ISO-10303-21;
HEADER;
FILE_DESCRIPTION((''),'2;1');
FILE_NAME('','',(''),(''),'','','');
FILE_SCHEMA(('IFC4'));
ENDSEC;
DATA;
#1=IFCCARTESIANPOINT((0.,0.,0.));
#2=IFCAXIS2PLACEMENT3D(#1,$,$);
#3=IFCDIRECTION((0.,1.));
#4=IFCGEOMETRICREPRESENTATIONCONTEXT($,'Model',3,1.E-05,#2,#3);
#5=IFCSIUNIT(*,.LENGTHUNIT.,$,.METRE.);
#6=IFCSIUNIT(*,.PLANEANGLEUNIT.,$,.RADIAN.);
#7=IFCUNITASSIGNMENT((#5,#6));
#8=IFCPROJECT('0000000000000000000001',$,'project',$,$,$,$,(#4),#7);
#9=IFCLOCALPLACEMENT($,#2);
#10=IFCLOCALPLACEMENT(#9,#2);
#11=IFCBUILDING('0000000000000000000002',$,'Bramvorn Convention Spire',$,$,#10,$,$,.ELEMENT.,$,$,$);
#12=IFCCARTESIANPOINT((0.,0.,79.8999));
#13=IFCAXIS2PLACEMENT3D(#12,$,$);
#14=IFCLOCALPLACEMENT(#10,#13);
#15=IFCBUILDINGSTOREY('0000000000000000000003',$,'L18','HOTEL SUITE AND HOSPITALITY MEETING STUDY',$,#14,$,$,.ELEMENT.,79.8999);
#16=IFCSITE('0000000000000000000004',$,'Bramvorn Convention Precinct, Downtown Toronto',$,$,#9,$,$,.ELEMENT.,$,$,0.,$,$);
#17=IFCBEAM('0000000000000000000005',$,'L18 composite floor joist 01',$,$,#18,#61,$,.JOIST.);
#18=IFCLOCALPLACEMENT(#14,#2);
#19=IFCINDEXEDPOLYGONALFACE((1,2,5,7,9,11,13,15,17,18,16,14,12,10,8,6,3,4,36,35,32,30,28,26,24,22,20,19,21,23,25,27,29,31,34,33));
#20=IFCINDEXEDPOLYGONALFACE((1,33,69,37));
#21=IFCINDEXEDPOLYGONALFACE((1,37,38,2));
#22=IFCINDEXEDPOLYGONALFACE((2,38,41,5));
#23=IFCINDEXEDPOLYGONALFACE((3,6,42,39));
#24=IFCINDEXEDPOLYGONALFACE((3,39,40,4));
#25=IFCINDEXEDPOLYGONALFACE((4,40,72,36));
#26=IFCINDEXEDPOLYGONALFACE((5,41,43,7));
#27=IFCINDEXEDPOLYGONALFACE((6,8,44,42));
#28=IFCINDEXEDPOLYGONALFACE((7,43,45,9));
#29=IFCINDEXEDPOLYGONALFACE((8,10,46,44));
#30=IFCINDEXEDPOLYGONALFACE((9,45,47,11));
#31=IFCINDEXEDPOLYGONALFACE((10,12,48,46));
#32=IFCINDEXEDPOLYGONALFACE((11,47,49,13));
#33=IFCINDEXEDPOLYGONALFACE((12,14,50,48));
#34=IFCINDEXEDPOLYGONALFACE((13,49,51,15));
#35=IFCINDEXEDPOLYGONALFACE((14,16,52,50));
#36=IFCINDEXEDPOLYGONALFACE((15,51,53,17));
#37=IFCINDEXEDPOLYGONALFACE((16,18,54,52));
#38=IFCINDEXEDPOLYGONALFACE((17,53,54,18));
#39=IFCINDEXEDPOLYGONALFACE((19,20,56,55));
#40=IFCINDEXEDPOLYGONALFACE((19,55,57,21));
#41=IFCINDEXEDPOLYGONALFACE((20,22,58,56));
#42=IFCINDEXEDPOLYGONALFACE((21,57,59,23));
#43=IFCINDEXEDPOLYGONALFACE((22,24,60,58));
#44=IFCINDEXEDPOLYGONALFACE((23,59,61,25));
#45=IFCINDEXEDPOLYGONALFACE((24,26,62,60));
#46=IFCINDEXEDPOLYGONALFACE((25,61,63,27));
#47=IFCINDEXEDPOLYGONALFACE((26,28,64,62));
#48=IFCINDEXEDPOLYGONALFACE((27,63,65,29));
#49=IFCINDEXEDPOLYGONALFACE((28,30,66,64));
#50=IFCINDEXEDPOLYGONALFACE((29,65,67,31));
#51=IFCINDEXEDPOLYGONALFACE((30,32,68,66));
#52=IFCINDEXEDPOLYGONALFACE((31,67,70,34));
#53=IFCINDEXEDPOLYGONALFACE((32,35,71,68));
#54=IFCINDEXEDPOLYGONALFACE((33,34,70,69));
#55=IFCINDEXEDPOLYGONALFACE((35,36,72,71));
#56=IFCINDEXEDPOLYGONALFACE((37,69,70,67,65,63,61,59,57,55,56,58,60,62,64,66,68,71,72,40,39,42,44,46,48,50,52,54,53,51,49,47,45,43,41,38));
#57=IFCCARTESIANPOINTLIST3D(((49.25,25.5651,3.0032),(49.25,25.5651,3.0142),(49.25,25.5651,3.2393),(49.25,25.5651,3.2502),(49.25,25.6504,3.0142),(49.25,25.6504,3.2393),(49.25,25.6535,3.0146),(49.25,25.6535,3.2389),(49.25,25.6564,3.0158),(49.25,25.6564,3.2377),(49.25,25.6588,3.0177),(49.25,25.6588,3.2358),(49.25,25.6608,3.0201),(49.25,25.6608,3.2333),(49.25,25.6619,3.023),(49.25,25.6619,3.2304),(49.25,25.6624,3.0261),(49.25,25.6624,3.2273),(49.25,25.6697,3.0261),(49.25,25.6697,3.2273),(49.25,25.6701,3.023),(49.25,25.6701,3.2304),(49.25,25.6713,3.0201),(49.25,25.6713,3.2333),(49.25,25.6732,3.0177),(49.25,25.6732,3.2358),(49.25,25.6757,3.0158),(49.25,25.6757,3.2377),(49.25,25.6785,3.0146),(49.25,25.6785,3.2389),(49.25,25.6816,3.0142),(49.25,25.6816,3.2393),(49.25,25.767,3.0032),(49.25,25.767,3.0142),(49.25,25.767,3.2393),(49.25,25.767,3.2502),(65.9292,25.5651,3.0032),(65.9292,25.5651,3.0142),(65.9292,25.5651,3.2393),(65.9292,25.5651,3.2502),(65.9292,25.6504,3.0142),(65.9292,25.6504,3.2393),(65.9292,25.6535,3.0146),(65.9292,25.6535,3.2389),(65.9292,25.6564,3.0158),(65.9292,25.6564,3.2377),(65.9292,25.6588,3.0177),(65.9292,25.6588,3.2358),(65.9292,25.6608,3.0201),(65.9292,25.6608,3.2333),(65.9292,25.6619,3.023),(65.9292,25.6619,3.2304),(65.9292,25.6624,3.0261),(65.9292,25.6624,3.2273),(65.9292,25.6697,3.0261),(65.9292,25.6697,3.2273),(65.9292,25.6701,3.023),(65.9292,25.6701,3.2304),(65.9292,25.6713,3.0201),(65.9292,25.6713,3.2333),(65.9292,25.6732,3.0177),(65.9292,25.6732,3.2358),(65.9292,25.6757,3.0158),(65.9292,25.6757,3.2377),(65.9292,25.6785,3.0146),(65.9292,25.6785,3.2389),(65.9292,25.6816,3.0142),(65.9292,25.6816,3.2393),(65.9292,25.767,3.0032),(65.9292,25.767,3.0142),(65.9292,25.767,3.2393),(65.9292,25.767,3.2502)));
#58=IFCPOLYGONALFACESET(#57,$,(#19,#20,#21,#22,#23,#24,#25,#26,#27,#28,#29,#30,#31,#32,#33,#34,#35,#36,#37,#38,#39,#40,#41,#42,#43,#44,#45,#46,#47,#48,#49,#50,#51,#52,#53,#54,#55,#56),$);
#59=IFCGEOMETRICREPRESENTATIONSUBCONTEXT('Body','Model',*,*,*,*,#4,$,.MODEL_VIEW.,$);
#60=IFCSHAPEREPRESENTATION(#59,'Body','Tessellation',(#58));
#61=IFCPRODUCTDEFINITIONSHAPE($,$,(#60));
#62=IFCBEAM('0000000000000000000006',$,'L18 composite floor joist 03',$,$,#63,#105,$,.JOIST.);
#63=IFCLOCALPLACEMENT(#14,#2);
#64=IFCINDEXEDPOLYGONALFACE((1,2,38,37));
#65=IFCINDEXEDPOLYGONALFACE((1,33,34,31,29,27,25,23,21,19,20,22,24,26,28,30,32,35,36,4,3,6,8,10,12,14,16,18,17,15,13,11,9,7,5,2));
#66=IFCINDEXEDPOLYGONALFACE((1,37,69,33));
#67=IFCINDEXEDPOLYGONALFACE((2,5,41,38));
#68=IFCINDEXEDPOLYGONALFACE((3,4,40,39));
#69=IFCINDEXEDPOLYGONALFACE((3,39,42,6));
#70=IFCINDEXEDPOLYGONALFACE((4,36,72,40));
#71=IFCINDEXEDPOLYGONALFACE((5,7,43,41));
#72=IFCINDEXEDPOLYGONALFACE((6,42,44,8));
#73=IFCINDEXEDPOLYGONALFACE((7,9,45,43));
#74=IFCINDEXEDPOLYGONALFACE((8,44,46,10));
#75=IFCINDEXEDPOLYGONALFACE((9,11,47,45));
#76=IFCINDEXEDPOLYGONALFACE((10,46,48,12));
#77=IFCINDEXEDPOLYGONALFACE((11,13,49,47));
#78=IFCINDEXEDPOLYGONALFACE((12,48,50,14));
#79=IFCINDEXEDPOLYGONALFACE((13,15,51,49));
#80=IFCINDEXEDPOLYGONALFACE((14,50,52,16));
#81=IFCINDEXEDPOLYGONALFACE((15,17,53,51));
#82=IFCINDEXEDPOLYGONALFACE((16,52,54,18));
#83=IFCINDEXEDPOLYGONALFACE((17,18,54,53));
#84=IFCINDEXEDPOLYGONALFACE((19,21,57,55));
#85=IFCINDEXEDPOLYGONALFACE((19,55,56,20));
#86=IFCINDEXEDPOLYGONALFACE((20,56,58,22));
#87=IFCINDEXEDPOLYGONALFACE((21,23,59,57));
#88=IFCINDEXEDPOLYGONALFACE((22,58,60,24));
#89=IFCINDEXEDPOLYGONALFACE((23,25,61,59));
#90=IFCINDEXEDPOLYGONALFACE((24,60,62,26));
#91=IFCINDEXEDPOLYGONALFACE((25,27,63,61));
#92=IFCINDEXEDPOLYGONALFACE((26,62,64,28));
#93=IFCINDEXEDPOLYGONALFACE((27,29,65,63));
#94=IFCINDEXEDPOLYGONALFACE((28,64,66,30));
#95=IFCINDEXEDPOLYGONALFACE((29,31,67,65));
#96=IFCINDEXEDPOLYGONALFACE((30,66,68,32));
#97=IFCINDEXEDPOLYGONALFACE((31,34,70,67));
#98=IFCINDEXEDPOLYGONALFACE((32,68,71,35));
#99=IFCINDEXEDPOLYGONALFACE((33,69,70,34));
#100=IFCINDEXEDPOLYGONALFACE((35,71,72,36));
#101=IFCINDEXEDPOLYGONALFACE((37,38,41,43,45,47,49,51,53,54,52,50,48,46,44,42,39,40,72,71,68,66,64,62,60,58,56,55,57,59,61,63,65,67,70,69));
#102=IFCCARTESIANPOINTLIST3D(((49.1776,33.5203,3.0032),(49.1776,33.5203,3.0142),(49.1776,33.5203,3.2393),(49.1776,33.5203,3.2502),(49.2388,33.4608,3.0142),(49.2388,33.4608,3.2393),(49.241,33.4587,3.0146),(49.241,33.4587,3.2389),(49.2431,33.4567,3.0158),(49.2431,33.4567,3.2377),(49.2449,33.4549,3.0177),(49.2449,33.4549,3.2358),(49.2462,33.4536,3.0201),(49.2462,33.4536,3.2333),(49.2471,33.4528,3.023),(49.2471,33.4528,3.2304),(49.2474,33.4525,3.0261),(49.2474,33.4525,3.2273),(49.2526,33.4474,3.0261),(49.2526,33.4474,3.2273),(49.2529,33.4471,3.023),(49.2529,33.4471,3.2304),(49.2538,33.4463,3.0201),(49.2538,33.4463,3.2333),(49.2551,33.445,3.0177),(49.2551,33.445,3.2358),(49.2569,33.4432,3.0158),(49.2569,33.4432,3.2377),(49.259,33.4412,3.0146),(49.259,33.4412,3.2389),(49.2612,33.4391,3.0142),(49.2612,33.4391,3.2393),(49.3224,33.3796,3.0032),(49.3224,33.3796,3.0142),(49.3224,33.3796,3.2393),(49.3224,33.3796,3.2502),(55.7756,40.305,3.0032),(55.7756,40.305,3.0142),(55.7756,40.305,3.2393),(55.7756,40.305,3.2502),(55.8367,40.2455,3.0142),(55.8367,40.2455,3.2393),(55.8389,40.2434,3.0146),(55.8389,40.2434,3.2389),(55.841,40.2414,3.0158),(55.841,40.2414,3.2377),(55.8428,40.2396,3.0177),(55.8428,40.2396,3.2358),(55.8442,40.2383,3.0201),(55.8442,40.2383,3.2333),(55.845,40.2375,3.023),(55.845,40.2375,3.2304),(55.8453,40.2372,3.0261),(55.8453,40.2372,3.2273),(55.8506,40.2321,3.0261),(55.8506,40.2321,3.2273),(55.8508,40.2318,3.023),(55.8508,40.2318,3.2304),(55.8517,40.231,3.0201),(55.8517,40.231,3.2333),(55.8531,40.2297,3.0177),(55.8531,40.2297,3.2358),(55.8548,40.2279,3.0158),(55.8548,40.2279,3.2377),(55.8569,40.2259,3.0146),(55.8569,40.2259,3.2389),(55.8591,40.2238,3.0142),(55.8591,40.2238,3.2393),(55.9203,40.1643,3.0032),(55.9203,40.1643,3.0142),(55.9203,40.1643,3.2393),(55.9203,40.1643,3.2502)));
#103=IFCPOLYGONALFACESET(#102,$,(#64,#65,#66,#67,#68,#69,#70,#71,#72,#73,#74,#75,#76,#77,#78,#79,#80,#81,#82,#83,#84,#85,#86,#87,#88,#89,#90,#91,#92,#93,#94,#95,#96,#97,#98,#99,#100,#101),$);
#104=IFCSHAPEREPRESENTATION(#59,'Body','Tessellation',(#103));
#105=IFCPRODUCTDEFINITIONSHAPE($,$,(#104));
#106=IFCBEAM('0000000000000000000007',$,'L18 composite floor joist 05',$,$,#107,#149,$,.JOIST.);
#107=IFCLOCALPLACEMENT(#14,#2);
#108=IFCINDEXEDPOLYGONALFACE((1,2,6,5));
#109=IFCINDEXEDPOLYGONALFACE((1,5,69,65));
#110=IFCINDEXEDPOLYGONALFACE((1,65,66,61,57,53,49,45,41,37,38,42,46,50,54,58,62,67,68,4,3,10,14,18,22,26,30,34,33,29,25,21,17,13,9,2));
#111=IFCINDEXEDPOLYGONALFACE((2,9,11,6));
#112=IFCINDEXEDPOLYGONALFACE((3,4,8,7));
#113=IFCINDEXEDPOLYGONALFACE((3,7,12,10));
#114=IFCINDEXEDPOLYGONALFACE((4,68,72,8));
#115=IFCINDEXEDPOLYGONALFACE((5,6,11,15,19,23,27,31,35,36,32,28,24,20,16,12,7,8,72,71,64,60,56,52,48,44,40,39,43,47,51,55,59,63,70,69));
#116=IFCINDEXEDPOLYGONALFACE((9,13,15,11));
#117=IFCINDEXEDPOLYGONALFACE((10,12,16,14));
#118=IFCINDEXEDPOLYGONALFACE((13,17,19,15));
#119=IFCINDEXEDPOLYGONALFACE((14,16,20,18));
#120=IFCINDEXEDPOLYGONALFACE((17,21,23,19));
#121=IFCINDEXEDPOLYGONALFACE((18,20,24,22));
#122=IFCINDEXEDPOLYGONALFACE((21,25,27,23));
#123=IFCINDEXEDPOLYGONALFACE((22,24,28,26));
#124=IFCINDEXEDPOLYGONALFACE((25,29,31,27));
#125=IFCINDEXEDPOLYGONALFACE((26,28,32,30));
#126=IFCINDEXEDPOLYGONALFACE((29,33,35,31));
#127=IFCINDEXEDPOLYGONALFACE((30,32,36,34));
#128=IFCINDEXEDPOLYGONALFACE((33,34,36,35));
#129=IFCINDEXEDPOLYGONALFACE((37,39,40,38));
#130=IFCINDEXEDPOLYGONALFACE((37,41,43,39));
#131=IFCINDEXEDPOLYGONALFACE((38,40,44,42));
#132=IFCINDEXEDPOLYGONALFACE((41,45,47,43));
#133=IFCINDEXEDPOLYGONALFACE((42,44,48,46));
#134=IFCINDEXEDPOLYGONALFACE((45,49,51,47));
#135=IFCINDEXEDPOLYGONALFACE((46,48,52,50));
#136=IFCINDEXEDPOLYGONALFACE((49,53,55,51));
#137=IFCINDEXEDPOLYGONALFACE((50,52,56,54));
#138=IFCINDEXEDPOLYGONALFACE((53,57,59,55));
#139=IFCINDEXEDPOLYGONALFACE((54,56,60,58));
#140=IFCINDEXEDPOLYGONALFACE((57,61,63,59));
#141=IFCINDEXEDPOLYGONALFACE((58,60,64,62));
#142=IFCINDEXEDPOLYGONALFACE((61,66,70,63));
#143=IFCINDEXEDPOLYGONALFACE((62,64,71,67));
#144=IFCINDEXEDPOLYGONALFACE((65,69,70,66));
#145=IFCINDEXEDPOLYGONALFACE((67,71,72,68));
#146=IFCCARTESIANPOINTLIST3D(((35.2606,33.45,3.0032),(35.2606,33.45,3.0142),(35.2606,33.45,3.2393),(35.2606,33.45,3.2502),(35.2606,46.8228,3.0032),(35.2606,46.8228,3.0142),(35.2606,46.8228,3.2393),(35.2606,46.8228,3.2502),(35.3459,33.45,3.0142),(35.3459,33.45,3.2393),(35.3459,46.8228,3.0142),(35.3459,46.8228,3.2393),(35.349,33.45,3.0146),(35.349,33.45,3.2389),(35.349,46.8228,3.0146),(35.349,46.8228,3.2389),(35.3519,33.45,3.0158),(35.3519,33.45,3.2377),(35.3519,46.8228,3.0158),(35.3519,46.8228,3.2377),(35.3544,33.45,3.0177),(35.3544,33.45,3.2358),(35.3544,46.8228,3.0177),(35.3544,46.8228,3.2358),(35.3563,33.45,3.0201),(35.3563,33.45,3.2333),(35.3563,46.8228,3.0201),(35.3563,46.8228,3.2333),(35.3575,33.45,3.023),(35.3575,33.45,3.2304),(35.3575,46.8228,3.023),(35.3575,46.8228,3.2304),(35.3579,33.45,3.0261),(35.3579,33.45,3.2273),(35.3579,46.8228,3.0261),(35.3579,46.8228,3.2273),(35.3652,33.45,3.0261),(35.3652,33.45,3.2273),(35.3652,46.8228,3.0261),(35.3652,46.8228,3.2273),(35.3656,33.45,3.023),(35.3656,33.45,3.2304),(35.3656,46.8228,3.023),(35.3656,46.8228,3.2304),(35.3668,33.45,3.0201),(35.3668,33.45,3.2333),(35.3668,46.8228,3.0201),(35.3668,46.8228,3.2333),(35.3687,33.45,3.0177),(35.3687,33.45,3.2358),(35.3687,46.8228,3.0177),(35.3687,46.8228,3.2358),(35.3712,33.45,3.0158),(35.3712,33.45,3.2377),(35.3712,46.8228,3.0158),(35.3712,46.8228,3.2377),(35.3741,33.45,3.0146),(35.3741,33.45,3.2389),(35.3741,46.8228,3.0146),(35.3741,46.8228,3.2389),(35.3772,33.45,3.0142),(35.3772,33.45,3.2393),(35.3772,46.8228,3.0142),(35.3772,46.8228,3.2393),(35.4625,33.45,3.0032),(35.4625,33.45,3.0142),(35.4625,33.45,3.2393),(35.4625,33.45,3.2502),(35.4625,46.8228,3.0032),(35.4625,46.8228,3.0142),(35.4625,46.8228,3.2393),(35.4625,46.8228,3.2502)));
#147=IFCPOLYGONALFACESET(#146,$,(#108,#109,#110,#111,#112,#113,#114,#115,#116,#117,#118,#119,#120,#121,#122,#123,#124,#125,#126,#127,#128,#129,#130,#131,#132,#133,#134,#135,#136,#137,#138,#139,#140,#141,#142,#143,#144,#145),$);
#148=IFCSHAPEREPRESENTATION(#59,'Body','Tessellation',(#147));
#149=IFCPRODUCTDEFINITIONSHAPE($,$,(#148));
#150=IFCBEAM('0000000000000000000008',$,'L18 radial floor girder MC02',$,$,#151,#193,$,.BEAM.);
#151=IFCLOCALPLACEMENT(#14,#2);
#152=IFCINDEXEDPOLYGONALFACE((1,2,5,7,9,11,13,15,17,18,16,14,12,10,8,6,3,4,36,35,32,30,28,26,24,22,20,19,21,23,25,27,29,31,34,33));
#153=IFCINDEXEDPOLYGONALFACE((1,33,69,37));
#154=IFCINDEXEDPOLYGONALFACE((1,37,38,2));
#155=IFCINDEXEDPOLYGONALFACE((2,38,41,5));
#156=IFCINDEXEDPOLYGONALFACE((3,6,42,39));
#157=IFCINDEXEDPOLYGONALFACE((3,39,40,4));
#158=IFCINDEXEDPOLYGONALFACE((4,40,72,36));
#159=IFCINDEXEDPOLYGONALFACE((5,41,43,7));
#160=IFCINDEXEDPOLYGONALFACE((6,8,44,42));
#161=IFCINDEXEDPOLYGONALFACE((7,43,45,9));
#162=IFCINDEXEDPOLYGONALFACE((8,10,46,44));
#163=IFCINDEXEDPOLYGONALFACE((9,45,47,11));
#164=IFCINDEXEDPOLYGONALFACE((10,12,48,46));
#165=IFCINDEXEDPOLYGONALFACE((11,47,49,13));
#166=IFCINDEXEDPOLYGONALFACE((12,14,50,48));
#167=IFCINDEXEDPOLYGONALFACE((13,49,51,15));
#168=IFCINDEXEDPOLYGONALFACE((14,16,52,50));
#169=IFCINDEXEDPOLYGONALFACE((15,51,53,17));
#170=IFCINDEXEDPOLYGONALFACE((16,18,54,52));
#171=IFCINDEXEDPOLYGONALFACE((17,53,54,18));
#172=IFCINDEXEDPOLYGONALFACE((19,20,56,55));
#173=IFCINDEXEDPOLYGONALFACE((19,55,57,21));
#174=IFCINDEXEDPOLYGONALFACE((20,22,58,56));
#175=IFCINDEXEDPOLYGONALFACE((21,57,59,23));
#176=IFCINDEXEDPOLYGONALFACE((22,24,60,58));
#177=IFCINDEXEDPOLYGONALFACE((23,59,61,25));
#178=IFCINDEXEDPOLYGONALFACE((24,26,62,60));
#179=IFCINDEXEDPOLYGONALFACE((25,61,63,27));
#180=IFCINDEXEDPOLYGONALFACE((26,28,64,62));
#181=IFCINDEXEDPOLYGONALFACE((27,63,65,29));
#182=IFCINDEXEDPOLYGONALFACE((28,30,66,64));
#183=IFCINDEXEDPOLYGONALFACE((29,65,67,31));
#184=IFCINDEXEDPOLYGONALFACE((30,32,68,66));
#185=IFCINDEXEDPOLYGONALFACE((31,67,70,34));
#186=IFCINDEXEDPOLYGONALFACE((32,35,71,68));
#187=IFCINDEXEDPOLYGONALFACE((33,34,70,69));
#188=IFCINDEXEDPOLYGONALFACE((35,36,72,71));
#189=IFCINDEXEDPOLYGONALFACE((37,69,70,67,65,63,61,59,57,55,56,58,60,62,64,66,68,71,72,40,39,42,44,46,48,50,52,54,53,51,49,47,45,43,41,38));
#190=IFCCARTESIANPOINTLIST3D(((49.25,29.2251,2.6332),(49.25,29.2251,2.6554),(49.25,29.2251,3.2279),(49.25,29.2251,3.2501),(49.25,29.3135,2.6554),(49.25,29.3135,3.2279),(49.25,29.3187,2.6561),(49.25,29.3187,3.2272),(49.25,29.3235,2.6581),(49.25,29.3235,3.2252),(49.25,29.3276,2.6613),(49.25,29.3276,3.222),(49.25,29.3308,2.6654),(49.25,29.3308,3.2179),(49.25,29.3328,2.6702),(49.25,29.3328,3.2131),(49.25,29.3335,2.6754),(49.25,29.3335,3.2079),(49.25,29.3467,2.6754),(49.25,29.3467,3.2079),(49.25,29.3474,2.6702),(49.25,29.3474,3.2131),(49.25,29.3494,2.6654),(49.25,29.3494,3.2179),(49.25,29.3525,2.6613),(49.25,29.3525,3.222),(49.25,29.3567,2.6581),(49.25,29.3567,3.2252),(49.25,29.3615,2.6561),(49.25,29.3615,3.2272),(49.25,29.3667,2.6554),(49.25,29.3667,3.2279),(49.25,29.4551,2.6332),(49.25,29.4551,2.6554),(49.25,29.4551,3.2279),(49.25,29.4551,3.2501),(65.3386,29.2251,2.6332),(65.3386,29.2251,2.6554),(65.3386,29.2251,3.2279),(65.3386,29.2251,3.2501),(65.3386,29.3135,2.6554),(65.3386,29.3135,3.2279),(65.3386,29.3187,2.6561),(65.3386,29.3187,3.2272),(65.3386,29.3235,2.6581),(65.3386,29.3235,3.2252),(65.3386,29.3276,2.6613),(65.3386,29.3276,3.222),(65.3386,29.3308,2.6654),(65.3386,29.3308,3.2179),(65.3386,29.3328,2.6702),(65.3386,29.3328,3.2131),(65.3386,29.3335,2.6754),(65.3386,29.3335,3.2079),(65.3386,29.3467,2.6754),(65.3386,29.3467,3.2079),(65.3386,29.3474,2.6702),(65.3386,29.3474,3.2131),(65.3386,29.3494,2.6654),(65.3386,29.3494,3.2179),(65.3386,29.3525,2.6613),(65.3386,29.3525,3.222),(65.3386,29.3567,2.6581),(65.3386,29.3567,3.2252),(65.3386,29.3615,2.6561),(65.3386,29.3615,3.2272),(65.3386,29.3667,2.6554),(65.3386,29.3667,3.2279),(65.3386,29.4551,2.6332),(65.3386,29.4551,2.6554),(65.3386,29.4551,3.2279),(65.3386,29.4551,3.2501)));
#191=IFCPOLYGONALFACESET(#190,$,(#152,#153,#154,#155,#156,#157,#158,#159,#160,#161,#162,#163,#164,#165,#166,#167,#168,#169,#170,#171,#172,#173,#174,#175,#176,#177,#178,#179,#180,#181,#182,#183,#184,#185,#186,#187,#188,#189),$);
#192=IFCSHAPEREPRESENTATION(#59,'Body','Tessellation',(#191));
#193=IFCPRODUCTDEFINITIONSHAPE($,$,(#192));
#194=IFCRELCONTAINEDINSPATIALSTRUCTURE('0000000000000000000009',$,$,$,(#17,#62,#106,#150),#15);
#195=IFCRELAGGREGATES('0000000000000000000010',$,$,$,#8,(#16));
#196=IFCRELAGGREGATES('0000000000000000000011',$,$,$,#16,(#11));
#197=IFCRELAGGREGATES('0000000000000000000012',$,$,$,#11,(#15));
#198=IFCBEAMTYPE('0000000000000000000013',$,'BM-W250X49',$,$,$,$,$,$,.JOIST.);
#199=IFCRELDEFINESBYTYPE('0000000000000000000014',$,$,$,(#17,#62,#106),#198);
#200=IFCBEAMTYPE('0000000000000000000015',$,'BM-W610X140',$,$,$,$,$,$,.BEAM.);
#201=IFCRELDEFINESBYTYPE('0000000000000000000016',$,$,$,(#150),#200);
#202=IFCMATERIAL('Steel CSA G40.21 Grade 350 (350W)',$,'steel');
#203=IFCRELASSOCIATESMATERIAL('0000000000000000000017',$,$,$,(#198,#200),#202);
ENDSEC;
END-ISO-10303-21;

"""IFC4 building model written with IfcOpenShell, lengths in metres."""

from ifc_helpers import new_model, si_unit, direction, frame, origin, origin_2d, place, context, subcontext, project, spatial, i_section, extrude, material, material_profile, profile_set, type_object, element, save


model = new_model("IFC4")

# Units and contexts
model_context = context("Model", 3, precision=1e-05, world=origin(), true_north=direction((0.0, 1.0)))
body_context = subcontext(model_context, "Body", "Model", "MODEL_VIEW")
ifc_project = project(units=[si_unit("LENGTHUNIT", "METRE"), si_unit("PLANEANGLEUNIT", "RADIAN")], contexts=[model_context])

# Site, building, storey
site_placement = place(None, origin())
site = spatial("IfcSite", under=ifc_project, at=site_placement, Name="Bramvorn Convention Precinct, Downtown Toronto", CompositionType="ELEMENT", RefElevation=0.0)
building_placement = place(site_placement, origin())
building = spatial("IfcBuilding", under=site, at=building_placement, Name="Bramvorn Convention Spire", CompositionType="ELEMENT")
storey_placement = place(building_placement, frame((0.0, 0.0, 79.8999)))
storey = spatial("IfcBuildingStorey", under=building, at=storey_placement, Name="L18", Description="HOTEL SUITE AND HOSPITALITY MEETING STUDY", CompositionType="ELEMENT", Elevation=79.8999)

# Beams
ifc_material_1 = material(Name="Steel CSA G40.21 Grade 350 (350W)", Category="steel")
ifc_material_profile_1 = material_profile(ifc_material_1, i_section(OverallWidth=0.2019, OverallDepth=0.2471, WebThickness=0.0073, FlangeThickness=0.011, FilletRadius=0.012, at=origin_2d()))
ifc_profile_set_1 = profile_set([ifc_material_profile_1], Name="Steel CSA G40.21 Grade 350 (350W) - W250X49")
beam_type_1 = type_object("IfcBeamType", Name="BM-W250X49", PredefinedType="JOIST", material=ifc_profile_set_1)
beam_1_placement = place(storey_placement, frame((49.25, 25.666, 3.1267), z_axis=(1.0, 0.0, 0.0), x_axis=(0.0, 1.0, 0.0)))
element("IfcBeam", 1, at=beam_1_placement, inside=storey, type_object=beam_type_1, Name="L18 composite floor joist 01", PredefinedType="JOIST", context=body_context, shape_type="SweptSolid", body=[
    extrude(i_section(OverallWidth=0.2019, OverallDepth=0.2471, WebThickness=0.0073, FlangeThickness=0.011, FilletRadius=0.012, at=origin_2d()), origin(), (0.0, 0.0, 1.0), 16.6792),
])
beam_2_placement = place(storey_placement, frame((49.25, 33.45, 3.1267), z_axis=(0.69717, 0.716905, 0.0), x_axis=(-0.716905, 0.69717, 0.0)))
element("IfcBeam", 2, at=beam_2_placement, inside=storey, type_object=beam_type_1, Name="L18 composite floor joist 03", PredefinedType="JOIST", context=body_context, shape_type="SweptSolid", body=[
    extrude(i_section(OverallWidth=0.2019, OverallDepth=0.2471, WebThickness=0.0073, FlangeThickness=0.011, FilletRadius=0.012, at=origin_2d()), origin(), (0.0, 0.0, 1.0), 9.4639),
])
beam_3_placement = place(storey_placement, frame((35.3616, 33.45, 3.1267), z_axis=(0.0, 1.0, 0.0), x_axis=(-1.0, 0.0, 0.0)))
element("IfcBeam", 3, at=beam_3_placement, inside=storey, type_object=beam_type_1, Name="L18 composite floor joist 05", PredefinedType="JOIST", context=body_context, shape_type="SweptSolid", body=[
    extrude(i_section(OverallWidth=0.2019, OverallDepth=0.2471, WebThickness=0.0073, FlangeThickness=0.011, FilletRadius=0.012, at=origin_2d()), origin(), (0.0, 0.0, 1.0), 13.3728),
])
ifc_material_profile_2 = material_profile(ifc_material_1, i_section(OverallWidth=0.23, OverallDepth=0.6169, WebThickness=0.0132, FlangeThickness=0.0222, FilletRadius=0.02, at=origin_2d()))
ifc_profile_set_2 = profile_set([ifc_material_profile_2], Name="Steel CSA G40.21 Grade 350 (350W) - W610X140")
beam_type_2 = type_object("IfcBeamType", Name="BM-W610X140", PredefinedType="BEAM", material=ifc_profile_set_2)
beam_4_placement = place(storey_placement, frame((49.25, 29.3401, 2.9417), z_axis=(1.0, 0.0, 0.0), x_axis=(0.0, 1.0, 0.0)))
element("IfcBeam", 4, at=beam_4_placement, inside=storey, type_object=beam_type_2, Name="L18 radial floor girder MC02", PredefinedType="BEAM", context=body_context, shape_type="SweptSolid", body=[
    extrude(i_section(OverallWidth=0.23, OverallDepth=0.6169, WebThickness=0.0132, FlangeThickness=0.0222, FilletRadius=0.02, at=origin_2d()), origin(), (0.0, 0.0, 1.0), 16.0886),
])

save(model, "model.ifc")
